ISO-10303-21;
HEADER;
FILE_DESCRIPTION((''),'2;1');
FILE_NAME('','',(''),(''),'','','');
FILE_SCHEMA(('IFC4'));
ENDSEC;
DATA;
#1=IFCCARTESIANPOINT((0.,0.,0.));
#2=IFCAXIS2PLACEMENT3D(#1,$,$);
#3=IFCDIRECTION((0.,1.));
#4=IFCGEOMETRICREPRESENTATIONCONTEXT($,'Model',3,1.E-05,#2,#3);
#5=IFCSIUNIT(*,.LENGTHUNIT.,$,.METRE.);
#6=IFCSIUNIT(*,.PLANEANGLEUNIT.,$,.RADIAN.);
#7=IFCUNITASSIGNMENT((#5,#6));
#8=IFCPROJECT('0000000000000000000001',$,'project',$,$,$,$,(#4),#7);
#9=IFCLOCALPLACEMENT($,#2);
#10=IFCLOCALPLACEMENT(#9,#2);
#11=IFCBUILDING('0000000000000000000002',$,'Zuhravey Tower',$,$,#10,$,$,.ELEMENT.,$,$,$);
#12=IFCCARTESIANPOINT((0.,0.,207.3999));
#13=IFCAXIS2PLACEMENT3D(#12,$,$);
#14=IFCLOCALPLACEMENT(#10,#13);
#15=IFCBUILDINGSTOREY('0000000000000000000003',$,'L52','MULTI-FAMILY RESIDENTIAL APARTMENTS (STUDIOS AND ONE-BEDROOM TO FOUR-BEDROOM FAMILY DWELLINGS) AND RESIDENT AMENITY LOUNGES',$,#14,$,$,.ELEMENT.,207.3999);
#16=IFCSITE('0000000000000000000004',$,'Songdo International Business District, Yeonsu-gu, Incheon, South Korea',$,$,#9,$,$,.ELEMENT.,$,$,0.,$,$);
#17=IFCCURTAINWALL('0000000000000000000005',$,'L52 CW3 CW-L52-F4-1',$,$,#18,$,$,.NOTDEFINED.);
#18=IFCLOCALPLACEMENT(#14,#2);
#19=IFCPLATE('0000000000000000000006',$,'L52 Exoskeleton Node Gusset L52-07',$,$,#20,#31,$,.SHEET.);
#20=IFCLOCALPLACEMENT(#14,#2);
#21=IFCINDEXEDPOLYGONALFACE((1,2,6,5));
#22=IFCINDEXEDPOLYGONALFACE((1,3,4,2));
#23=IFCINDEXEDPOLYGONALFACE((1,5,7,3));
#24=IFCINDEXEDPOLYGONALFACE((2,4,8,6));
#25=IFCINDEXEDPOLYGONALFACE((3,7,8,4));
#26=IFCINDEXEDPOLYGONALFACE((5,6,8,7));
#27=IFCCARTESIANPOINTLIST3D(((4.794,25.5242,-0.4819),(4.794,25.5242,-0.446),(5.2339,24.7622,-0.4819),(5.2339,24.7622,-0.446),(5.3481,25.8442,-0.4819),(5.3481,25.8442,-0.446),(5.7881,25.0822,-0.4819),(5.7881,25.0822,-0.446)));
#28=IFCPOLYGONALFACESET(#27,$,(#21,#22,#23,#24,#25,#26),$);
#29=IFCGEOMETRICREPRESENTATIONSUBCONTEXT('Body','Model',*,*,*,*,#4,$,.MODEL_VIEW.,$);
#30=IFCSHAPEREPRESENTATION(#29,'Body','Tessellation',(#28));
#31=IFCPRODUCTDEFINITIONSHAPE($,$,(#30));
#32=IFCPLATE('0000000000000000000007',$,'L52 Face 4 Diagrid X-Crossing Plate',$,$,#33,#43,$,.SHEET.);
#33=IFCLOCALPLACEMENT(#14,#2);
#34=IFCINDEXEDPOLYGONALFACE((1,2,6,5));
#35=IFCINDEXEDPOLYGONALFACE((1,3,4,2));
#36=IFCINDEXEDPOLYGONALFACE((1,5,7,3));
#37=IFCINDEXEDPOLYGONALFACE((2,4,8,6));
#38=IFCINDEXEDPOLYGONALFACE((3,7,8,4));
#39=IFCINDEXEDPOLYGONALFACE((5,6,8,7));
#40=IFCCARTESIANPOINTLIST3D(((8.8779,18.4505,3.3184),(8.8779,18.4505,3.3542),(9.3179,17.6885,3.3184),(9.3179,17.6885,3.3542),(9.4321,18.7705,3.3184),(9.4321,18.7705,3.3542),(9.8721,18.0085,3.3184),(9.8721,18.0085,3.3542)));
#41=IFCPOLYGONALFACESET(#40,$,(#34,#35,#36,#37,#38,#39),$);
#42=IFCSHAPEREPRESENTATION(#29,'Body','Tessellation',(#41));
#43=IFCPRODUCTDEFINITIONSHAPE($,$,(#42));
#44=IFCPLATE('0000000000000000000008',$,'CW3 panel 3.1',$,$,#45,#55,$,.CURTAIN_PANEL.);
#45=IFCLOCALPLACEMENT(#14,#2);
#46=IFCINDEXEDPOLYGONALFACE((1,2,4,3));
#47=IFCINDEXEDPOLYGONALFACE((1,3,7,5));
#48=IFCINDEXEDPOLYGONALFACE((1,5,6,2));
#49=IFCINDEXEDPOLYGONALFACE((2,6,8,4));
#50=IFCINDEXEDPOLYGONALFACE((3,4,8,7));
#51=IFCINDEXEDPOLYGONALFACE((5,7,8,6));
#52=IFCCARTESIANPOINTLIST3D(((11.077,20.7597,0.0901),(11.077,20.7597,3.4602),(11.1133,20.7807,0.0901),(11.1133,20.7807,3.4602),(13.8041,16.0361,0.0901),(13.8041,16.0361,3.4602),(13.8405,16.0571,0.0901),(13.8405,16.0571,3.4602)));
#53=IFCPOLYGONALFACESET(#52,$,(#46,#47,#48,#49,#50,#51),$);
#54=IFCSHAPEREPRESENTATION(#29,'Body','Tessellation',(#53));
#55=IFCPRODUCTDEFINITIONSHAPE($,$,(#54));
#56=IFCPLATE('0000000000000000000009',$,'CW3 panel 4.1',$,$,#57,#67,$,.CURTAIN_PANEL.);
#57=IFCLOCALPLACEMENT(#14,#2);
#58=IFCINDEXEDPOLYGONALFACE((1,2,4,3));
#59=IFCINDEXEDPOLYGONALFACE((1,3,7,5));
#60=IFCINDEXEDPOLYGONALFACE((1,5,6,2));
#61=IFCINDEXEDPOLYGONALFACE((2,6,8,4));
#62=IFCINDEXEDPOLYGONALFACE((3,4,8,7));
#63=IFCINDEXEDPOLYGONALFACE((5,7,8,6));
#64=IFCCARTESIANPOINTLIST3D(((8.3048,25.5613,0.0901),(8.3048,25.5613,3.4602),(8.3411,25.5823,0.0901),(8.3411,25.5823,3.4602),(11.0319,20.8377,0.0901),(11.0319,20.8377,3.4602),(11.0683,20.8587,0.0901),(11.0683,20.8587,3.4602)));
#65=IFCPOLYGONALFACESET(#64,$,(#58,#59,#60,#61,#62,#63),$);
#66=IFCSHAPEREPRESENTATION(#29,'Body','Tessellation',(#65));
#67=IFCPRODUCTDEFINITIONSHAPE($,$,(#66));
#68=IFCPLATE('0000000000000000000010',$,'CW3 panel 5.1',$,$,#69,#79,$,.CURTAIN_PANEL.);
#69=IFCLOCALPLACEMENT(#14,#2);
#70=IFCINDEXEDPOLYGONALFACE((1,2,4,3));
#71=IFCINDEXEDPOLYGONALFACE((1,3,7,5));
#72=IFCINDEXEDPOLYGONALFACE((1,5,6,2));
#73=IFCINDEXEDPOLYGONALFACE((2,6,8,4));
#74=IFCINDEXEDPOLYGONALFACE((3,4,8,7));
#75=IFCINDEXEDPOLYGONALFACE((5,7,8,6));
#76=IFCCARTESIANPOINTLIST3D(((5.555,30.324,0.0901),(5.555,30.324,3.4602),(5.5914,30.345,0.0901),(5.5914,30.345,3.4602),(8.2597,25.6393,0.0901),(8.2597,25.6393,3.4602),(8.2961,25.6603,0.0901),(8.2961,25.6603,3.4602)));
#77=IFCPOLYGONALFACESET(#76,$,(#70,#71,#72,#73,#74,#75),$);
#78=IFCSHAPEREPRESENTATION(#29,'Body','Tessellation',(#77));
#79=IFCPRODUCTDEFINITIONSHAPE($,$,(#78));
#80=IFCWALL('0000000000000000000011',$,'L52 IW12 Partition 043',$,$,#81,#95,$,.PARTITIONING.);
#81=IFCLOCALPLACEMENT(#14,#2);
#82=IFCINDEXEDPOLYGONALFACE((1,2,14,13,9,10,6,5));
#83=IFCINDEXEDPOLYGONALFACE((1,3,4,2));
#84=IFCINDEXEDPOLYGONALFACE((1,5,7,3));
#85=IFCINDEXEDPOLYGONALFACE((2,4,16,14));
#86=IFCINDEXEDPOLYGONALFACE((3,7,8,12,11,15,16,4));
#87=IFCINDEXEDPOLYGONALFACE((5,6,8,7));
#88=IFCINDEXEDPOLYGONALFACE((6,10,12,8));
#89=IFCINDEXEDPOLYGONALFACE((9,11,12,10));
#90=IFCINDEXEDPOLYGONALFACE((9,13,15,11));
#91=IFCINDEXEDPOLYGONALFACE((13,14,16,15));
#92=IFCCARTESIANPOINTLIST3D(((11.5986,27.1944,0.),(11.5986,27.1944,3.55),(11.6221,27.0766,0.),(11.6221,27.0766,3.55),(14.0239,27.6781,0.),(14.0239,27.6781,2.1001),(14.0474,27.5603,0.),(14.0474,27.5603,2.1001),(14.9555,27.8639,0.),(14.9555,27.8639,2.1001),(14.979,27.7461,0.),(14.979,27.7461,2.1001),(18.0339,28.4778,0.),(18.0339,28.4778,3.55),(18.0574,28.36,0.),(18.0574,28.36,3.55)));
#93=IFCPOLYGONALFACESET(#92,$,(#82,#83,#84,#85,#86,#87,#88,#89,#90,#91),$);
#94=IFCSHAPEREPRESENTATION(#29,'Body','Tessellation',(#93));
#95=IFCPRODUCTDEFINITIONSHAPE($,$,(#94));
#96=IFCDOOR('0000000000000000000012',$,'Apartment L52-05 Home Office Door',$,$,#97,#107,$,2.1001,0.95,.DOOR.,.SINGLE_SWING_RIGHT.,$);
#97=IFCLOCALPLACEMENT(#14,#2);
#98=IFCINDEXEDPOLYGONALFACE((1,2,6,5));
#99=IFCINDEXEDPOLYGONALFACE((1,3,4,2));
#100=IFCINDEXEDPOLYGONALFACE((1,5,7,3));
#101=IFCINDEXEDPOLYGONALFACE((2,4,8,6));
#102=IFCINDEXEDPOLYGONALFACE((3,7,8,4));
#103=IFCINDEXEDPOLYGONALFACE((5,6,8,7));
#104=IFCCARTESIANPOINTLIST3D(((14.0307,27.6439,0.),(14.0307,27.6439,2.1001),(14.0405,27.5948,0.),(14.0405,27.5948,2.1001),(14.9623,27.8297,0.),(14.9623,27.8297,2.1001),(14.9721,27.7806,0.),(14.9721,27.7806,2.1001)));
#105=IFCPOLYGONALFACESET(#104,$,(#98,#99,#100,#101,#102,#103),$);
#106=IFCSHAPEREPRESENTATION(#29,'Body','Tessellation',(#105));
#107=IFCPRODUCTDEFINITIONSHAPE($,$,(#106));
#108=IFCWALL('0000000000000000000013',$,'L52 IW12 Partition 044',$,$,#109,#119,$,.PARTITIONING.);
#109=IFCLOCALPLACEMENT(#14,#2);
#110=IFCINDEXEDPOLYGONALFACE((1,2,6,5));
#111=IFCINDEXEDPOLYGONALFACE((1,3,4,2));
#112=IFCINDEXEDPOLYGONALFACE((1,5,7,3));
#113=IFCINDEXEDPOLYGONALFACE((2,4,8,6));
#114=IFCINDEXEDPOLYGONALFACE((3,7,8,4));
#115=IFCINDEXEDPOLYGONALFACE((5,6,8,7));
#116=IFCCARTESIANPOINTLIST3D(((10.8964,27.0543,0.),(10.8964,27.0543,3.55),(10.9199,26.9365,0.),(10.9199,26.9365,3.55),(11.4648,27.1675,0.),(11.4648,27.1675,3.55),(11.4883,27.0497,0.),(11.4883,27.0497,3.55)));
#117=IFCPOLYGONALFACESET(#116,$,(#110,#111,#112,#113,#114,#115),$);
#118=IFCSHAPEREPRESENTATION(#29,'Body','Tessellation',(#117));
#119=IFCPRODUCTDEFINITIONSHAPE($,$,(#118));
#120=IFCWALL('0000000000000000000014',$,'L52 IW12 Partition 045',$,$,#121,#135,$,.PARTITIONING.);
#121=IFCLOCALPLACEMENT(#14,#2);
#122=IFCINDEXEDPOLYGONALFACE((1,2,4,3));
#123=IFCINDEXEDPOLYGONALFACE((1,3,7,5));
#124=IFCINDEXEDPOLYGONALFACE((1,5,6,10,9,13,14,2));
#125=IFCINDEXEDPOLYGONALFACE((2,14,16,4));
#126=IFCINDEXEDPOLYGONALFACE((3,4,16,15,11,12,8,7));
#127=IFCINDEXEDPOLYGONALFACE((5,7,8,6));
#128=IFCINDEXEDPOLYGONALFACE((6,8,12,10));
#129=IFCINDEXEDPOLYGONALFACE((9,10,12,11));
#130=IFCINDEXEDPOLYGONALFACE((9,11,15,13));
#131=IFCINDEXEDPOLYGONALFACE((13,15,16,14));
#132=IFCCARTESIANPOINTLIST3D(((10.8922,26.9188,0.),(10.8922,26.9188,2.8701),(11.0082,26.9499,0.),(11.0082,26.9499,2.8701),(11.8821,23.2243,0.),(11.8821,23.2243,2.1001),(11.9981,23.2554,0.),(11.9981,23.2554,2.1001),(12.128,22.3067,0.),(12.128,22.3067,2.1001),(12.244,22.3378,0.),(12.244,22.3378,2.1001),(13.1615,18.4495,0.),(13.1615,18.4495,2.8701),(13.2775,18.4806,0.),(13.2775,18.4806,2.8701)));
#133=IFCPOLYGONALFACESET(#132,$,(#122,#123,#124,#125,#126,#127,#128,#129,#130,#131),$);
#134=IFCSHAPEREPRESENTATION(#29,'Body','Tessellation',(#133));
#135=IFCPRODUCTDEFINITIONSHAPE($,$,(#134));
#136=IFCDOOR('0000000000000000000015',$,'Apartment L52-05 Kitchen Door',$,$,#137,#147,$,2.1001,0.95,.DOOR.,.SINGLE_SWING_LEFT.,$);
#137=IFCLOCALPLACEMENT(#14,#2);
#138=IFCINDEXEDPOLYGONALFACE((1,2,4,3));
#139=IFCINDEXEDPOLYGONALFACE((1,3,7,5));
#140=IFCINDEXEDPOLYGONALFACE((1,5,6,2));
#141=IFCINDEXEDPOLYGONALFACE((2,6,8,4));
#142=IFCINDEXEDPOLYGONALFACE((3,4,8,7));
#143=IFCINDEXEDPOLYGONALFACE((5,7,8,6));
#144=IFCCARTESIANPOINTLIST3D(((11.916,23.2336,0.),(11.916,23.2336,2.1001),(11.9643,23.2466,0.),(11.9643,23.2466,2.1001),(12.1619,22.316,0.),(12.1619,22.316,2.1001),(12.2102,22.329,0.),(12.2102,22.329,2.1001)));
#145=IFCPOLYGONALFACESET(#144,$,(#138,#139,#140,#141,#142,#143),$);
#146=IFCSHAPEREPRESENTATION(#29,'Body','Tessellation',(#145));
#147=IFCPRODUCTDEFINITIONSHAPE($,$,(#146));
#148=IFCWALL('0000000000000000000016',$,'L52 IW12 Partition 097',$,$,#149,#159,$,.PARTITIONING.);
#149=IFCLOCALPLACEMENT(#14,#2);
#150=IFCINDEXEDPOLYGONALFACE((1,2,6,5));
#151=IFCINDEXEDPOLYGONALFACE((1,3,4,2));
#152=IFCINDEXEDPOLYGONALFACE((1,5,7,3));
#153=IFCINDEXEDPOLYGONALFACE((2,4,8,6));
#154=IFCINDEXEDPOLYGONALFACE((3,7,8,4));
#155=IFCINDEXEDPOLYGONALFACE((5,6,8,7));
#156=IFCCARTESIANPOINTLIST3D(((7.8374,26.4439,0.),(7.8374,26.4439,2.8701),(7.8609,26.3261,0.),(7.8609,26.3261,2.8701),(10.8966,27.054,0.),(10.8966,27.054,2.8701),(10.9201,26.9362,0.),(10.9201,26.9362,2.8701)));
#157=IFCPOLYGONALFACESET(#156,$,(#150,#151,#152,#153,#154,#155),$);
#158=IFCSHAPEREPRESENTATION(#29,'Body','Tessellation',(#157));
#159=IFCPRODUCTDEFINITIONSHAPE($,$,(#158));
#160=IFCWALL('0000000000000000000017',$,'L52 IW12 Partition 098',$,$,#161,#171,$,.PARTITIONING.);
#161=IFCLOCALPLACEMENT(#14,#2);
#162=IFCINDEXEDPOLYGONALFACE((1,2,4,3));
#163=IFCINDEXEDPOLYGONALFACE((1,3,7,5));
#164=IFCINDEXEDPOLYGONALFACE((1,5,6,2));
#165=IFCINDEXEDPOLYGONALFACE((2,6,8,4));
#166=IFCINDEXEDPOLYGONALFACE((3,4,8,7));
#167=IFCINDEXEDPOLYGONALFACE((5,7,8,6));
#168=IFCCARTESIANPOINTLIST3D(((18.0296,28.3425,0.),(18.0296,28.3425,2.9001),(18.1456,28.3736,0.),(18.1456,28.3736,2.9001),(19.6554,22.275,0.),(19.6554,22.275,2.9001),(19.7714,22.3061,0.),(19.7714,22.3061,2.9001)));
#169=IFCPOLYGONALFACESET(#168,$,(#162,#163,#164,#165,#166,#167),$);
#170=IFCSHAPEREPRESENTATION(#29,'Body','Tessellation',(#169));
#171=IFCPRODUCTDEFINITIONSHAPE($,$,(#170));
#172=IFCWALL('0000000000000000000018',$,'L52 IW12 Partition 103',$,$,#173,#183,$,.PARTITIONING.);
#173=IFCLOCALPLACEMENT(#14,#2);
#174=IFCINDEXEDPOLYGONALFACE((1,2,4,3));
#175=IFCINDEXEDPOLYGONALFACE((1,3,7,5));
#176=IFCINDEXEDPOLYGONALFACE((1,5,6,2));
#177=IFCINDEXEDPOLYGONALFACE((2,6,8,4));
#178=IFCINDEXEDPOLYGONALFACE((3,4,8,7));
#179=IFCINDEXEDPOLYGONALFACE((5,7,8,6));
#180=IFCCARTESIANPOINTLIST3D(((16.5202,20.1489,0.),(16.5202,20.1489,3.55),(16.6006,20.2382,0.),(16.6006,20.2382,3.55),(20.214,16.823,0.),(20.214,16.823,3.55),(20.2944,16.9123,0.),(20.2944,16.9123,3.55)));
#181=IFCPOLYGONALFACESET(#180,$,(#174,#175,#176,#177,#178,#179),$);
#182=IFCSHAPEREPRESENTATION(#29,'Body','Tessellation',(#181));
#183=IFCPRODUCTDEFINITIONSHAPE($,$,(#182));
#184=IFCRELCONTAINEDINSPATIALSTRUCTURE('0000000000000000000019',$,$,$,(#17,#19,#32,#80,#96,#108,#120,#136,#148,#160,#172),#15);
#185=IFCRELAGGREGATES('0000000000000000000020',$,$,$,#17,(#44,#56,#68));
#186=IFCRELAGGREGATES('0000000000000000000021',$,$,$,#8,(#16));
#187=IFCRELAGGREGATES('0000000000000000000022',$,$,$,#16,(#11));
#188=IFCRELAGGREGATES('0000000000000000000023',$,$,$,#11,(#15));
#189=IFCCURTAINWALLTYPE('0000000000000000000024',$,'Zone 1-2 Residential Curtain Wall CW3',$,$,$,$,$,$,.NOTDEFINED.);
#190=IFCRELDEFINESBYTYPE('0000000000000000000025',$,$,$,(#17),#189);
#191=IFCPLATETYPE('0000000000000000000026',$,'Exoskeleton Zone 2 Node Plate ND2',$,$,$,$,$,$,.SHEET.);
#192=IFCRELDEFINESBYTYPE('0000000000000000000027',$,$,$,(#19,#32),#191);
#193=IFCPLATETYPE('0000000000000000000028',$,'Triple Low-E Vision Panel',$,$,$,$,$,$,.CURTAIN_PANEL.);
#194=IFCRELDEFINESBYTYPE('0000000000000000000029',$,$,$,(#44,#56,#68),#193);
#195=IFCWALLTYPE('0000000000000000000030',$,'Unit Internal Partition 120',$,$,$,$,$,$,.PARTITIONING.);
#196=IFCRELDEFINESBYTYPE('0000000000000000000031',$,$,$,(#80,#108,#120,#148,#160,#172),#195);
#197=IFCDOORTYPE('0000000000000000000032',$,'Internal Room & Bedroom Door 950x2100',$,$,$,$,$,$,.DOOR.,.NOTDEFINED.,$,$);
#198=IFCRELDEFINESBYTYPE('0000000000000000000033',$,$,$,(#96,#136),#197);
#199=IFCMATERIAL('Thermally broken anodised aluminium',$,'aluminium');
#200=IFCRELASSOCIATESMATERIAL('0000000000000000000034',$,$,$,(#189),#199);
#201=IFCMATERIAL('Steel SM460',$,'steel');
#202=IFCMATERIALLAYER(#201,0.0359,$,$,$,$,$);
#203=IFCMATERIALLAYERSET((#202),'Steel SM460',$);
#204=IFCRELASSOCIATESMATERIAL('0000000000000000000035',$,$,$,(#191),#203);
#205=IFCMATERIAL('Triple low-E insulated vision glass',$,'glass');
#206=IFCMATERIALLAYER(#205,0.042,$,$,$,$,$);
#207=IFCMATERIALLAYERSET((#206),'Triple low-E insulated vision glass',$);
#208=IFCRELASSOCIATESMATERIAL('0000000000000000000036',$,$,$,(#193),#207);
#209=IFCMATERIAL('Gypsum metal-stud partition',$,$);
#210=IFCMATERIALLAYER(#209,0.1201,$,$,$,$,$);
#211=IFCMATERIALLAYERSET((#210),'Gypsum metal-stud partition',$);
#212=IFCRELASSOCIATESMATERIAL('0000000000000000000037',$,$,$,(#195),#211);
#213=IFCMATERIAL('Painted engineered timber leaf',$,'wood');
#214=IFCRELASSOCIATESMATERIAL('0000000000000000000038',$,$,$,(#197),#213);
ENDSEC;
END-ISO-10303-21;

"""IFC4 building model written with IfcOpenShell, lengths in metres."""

from ifc_helpers import new_model, si_unit, direction, frame, frame_2d, origin, origin_2d, place, context, subcontext, project, spatial, rectangle, extrude, material, layer, layer_set, type_object, element, fill, aggregate, save


model = new_model("IFC4")

# Units and contexts
model_context = context("Model", 3, precision=1e-05, world=origin(), true_north=direction((0.0, 1.0)))
body_context = subcontext(model_context, "Body", "Model", "MODEL_VIEW")
ifc_project = project(units=[si_unit("LENGTHUNIT", "METRE"), si_unit("PLANEANGLEUNIT", "RADIAN")], contexts=[model_context])

# Site, building, storey
site_placement = place(None, origin())
site = spatial("IfcSite", under=ifc_project, at=site_placement, Name="Songdo International Business District, Yeonsu-gu, Incheon, South Korea", CompositionType="ELEMENT", RefElevation=0.0)
building_placement = place(site_placement, origin())
building = spatial("IfcBuilding", under=site, at=building_placement, Name="Zuhravey Tower", CompositionType="ELEMENT")
storey_placement = place(building_placement, frame((0.0, 0.0, 207.3999)))
storey = spatial("IfcBuildingStorey", under=building, at=storey_placement, Name="L52", Description="MULTI-FAMILY RESIDENTIAL APARTMENTS (STUDIOS AND ONE-BEDROOM TO FOUR-BEDROOM FAMILY DWELLINGS) AND RESIDENT AMENITY LOUNGES", CompositionType="ELEMENT", Elevation=207.3999)

# Curtain wall
ifc_material_1 = material(Name="Thermally broken anodised aluminium", Category="aluminium")
curtain_wall_type = type_object("IfcCurtainWallType", Name="Zone 1-2 Residential Curtain Wall CW3", PredefinedType="NOTDEFINED", material=ifc_material_1)
curtain_wall_placement = place(storey_placement, origin())
curtain_wall = element("IfcCurtainWall", 1, at=curtain_wall_placement, inside=storey, type_object=curtain_wall_type, Name="L52 CW3 CW-L52-F4-1", PredefinedType="NOTDEFINED")

# Shared definitions
ifc_material_2 = material(Name="Steel SM460", Category="steel")

# Plates
ifc_layer_1 = layer(ifc_material_2, 0.0359)
ifc_layer_set_1 = layer_set([ifc_layer_1], Name="Steel SM460")
plate_type_1 = type_object("IfcPlateType", Name="Exoskeleton Zone 2 Node Plate ND2", PredefinedType="SHEET", material=ifc_layer_set_1)
for number, where, z_axis, x_axis, name in (
    (2, (5.291, 25.3032, -0.4819), (0.0, 0.0, 1.0), (0.5, -0.866025, 0.0), "L52 Exoskeleton Node Gusset L52-07"),
    (3, (9.375, 18.2295, 3.3184), (0.0, 0.0, 1.0), (0.5, -0.866025, 0.0), "L52 Face 4 Diagrid X-Crossing Plate"),
):
    element("IfcPlate", number, at=place(storey_placement, frame(where, z_axis=z_axis, x_axis=x_axis)), inside=storey, type_object=plate_type_1, Name=name, PredefinedType="SHEET", context=body_context, shape_type="SweptSolid", body=[
        extrude(rectangle(XDim=0.8799, YDim=0.6399, at=origin_2d()), origin(), (0.0, 0.0, 1.0), 0.0359),
    ])

# Plates
ifc_material_3 = material(Name="Triple low-E insulated vision glass", Category="glass")
ifc_layer_2 = layer(ifc_material_3, 0.042)
ifc_layer_set_2 = layer_set([ifc_layer_2], Name="Triple low-E insulated vision glass")
plate_type_2 = type_object("IfcPlateType", Name="Triple Low-E Vision Panel", PredefinedType="CURTAIN_PANEL", material=ifc_layer_set_2)
plate_1_placement = place(storey_placement, frame((12.4587, 18.4084, 0.0901), z_axis=(0.0, 0.0, 1.0), x_axis=(-0.5, 0.866025, 0.0)))
plate_1 = element("IfcPlate", 4, at=plate_1_placement, type_object=plate_type_2, Name="CW3 panel 3.1", PredefinedType="CURTAIN_PANEL", context=body_context, shape_type="SweptSolid", body=[
    extrude(rectangle(XDim=5.4543, YDim=0.042, at=origin_2d()), origin(), (0.0, 0.0, 1.0), 3.3701),
])
plate_2_placement = place(storey_placement, frame((9.6865, 23.21, 0.0901), z_axis=(0.0, 0.0, 1.0), x_axis=(-0.5, 0.866025, 0.0)))
plate_2 = element("IfcPlate", 5, at=plate_2_placement, type_object=plate_type_2, Name="CW3 panel 4.1", PredefinedType="CURTAIN_PANEL", context=body_context, shape_type="SweptSolid", body=[
    extrude(rectangle(XDim=5.4543, YDim=0.042, at=origin_2d()), origin(), (0.0, 0.0, 1.0), 3.3701),
])
plate_3_placement = place(storey_placement, frame((6.9255, 27.9922, 0.0901), z_axis=(0.0, 0.0, 1.0), x_axis=(-0.5, 0.866025, 0.0)))
plate_3 = element("IfcPlate", 6, at=plate_3_placement, type_object=plate_type_2, Name="CW3 panel 5.1", PredefinedType="CURTAIN_PANEL", context=body_context, shape_type="SweptSolid", body=[
    extrude(rectangle(XDim=5.4094, YDim=0.042, at=origin_2d()), origin(), (0.0, 0.0, 1.0), 3.3701),
])
aggregate(curtain_wall, [plate_1, plate_2, plate_3])

# Wall, opening, door
ifc_material_4 = material(Name="Gypsum metal-stud partition")
ifc_layer_3 = layer(ifc_material_4, 0.1201)
ifc_layer_set_3 = layer_set([ifc_layer_3], Name="Gypsum metal-stud partition")
wall_type = type_object("IfcWallType", Name="Unit Internal Partition 120", PredefinedType="PARTITIONING", material=ifc_layer_set_3)
wall_1_placement = place(storey_placement, frame((18.0457, 28.4189, 0.0), z_axis=(0.0, 0.0, 1.0), x_axis=(-0.980686, -0.195587, 0.0)))
wall_1 = element("IfcWall", 7, at=wall_1_placement, inside=storey, type_object=wall_type, Name="L52 IW12 Partition 043", PredefinedType="PARTITIONING", context=body_context, shape_type="SweptSolid", body=[
    extrude(rectangle(XDim=6.562, YDim=0.1201, at=frame_2d((3.281, 0.0))), origin(), (0.0, 0.0, 1.0), 3.55),
])
opening_1_placement = place(wall_1_placement, frame((3.1389, 0.0, 0.0)))
opening_1 = element("IfcOpeningElement", 8, at=opening_1_placement, cuts=wall_1, PredefinedType="OPENING", context=body_context, shape_type="SweptSolid", body=[
    extrude(rectangle(XDim=0.95, YDim=2.1001, at=frame_2d((0.4751, 1.05))), frame((0.0, 0.072, 0.0), z_axis=(0.0, -1.0, 0.0), x_axis=(1.0, 0.0, 0.0)), (0.0, 0.0, 1.0), 0.144),
])
ifc_material_5 = material(Name="Painted engineered timber leaf", Category="wood")
door_type = type_object("IfcDoorType", Name="Internal Room & Bedroom Door 950x2100", OperationType="NOTDEFINED", PredefinedType="DOOR", material=ifc_material_5)
door_1_placement = place(opening_1_placement, origin())
door_1 = element("IfcDoor", 9, at=door_1_placement, inside=storey, type_object=door_type, Name="Apartment L52-05 Home Office Door", OperationType="SINGLE_SWING_RIGHT", OverallHeight=2.1001, OverallWidth=0.95, PredefinedType="DOOR", context=body_context, shape_type="SweptSolid", body=[
    extrude(rectangle(XDim=0.95, YDim=2.1001, at=frame_2d((0.4751, 1.05))), frame((0.0, 0.0249, 0.0), z_axis=(0.0, -1.0, 0.0), x_axis=(1.0, 0.0, 0.0)), (0.0, 0.0, 1.0), 0.05),
])
fill(opening_1, door_1)

# Wall
wall_2_placement = place(storey_placement, frame((11.4766, 27.1086, 0.0), z_axis=(0.0, 0.0, 1.0), x_axis=(-0.98071, -0.195468, 0.0)))
element("IfcWall", 10, at=wall_2_placement, inside=storey, type_object=wall_type, Name="L52 IW12 Partition 044", PredefinedType="PARTITIONING", context=body_context, shape_type="SweptSolid", body=[
    extrude(rectangle(XDim=0.5796, YDim=0.1201, at=frame_2d((0.2898, 0.0))), origin(), (0.0, 0.0, 1.0), 3.55),
])

# Wall, opening, door
wall_3_placement = place(storey_placement, frame((10.9502, 26.9343, 0.0), z_axis=(0.0, 0.0, 1.0), x_axis=(0.258815, -0.965927, 0.0)))
wall_3 = element("IfcWall", 11, at=wall_3_placement, inside=storey, type_object=wall_type, Name="L52 IW12 Partition 045", PredefinedType="PARTITIONING", context=body_context, shape_type="SweptSolid", body=[
    extrude(rectangle(XDim=8.7681, YDim=0.1201, at=frame_2d((4.384, 0.0))), origin(), (0.0, 0.0, 1.0), 2.8701),
])
opening_2_placement = place(wall_3_placement, frame((3.8247, 0.0, 0.0)))
opening_2 = element("IfcOpeningElement", 12, at=opening_2_placement, cuts=wall_3, PredefinedType="OPENING", context=body_context, shape_type="SweptSolid", body=[
    extrude(rectangle(XDim=0.95, YDim=2.1001, at=frame_2d((0.4751, 1.05))), frame((0.0, 0.072, 0.0), z_axis=(0.0, -1.0, 0.0), x_axis=(1.0, 0.0, 0.0)), (0.0, 0.0, 1.0), 0.144),
])
door_2_placement = place(opening_2_placement, frame((0.95, 0.0, 0.0), z_axis=(0.0, 0.0, 1.0), x_axis=(-1.0, 0.0, 0.0)))
door_2 = element("IfcDoor", 13, at=door_2_placement, inside=storey, type_object=door_type, Name="Apartment L52-05 Kitchen Door", OperationType="SINGLE_SWING_LEFT", OverallHeight=2.1001, OverallWidth=0.95, PredefinedType="DOOR", context=body_context, shape_type="SweptSolid", body=[
    extrude(rectangle(XDim=0.95, YDim=2.1001, at=frame_2d((0.4751, 1.05))), frame((0.0, 0.0249, 0.0), z_axis=(0.0, -1.0, 0.0), x_axis=(1.0, 0.0, 0.0)), (0.0, 0.0, 1.0), 0.05),
])
fill(opening_2, door_2)

# Walls
wall_4_placement = place(storey_placement, frame((10.9082, 26.9951, 0.0), z_axis=(0.0, 0.0, 1.0), x_axis=(-0.980686, -0.195589, 0.0)))
element("IfcWall", 14, at=wall_4_placement, inside=storey, type_object=wall_type, Name="L52 IW12 Partition 097", PredefinedType="PARTITIONING", context=body_context, shape_type="SweptSolid", body=[
    extrude(rectangle(XDim=3.1194, YDim=0.1201, at=frame_2d((1.5596, 0.0))), origin(), (0.0, 0.0, 1.0), 2.8701),
])
wall_5_placement = place(storey_placement, frame((18.0876, 28.3579, 0.0), z_axis=(0.0, 0.0, 1.0), x_axis=(0.258816, -0.965927, 0.0)))
element("IfcWall", 15, at=wall_5_placement, inside=storey, type_object=wall_type, Name="L52 IW12 Partition 098", PredefinedType="PARTITIONING", context=body_context, shape_type="SweptSolid", body=[
    extrude(rectangle(XDim=6.2815, YDim=0.1201, at=frame_2d((3.1406, 0.0))), origin(), (0.0, 0.0, 1.0), 2.9001),
])
wall_6_placement = place(storey_placement, frame((16.5603, 20.1936, 0.0), z_axis=(0.0, 0.0, 1.0), x_axis=(0.743148, -0.669128, 0.0)))
element("IfcWall", 16, at=wall_6_placement, inside=storey, type_object=wall_type, Name="L52 IW12 Partition 103", PredefinedType="PARTITIONING", context=body_context, shape_type="SweptSolid", body=[
    extrude(rectangle(XDim=4.9705, YDim=0.1201, at=frame_2d((2.4854, 0.0))), origin(), (0.0, 0.0, 1.0), 3.55),
])

save(model, "model.ifc")
